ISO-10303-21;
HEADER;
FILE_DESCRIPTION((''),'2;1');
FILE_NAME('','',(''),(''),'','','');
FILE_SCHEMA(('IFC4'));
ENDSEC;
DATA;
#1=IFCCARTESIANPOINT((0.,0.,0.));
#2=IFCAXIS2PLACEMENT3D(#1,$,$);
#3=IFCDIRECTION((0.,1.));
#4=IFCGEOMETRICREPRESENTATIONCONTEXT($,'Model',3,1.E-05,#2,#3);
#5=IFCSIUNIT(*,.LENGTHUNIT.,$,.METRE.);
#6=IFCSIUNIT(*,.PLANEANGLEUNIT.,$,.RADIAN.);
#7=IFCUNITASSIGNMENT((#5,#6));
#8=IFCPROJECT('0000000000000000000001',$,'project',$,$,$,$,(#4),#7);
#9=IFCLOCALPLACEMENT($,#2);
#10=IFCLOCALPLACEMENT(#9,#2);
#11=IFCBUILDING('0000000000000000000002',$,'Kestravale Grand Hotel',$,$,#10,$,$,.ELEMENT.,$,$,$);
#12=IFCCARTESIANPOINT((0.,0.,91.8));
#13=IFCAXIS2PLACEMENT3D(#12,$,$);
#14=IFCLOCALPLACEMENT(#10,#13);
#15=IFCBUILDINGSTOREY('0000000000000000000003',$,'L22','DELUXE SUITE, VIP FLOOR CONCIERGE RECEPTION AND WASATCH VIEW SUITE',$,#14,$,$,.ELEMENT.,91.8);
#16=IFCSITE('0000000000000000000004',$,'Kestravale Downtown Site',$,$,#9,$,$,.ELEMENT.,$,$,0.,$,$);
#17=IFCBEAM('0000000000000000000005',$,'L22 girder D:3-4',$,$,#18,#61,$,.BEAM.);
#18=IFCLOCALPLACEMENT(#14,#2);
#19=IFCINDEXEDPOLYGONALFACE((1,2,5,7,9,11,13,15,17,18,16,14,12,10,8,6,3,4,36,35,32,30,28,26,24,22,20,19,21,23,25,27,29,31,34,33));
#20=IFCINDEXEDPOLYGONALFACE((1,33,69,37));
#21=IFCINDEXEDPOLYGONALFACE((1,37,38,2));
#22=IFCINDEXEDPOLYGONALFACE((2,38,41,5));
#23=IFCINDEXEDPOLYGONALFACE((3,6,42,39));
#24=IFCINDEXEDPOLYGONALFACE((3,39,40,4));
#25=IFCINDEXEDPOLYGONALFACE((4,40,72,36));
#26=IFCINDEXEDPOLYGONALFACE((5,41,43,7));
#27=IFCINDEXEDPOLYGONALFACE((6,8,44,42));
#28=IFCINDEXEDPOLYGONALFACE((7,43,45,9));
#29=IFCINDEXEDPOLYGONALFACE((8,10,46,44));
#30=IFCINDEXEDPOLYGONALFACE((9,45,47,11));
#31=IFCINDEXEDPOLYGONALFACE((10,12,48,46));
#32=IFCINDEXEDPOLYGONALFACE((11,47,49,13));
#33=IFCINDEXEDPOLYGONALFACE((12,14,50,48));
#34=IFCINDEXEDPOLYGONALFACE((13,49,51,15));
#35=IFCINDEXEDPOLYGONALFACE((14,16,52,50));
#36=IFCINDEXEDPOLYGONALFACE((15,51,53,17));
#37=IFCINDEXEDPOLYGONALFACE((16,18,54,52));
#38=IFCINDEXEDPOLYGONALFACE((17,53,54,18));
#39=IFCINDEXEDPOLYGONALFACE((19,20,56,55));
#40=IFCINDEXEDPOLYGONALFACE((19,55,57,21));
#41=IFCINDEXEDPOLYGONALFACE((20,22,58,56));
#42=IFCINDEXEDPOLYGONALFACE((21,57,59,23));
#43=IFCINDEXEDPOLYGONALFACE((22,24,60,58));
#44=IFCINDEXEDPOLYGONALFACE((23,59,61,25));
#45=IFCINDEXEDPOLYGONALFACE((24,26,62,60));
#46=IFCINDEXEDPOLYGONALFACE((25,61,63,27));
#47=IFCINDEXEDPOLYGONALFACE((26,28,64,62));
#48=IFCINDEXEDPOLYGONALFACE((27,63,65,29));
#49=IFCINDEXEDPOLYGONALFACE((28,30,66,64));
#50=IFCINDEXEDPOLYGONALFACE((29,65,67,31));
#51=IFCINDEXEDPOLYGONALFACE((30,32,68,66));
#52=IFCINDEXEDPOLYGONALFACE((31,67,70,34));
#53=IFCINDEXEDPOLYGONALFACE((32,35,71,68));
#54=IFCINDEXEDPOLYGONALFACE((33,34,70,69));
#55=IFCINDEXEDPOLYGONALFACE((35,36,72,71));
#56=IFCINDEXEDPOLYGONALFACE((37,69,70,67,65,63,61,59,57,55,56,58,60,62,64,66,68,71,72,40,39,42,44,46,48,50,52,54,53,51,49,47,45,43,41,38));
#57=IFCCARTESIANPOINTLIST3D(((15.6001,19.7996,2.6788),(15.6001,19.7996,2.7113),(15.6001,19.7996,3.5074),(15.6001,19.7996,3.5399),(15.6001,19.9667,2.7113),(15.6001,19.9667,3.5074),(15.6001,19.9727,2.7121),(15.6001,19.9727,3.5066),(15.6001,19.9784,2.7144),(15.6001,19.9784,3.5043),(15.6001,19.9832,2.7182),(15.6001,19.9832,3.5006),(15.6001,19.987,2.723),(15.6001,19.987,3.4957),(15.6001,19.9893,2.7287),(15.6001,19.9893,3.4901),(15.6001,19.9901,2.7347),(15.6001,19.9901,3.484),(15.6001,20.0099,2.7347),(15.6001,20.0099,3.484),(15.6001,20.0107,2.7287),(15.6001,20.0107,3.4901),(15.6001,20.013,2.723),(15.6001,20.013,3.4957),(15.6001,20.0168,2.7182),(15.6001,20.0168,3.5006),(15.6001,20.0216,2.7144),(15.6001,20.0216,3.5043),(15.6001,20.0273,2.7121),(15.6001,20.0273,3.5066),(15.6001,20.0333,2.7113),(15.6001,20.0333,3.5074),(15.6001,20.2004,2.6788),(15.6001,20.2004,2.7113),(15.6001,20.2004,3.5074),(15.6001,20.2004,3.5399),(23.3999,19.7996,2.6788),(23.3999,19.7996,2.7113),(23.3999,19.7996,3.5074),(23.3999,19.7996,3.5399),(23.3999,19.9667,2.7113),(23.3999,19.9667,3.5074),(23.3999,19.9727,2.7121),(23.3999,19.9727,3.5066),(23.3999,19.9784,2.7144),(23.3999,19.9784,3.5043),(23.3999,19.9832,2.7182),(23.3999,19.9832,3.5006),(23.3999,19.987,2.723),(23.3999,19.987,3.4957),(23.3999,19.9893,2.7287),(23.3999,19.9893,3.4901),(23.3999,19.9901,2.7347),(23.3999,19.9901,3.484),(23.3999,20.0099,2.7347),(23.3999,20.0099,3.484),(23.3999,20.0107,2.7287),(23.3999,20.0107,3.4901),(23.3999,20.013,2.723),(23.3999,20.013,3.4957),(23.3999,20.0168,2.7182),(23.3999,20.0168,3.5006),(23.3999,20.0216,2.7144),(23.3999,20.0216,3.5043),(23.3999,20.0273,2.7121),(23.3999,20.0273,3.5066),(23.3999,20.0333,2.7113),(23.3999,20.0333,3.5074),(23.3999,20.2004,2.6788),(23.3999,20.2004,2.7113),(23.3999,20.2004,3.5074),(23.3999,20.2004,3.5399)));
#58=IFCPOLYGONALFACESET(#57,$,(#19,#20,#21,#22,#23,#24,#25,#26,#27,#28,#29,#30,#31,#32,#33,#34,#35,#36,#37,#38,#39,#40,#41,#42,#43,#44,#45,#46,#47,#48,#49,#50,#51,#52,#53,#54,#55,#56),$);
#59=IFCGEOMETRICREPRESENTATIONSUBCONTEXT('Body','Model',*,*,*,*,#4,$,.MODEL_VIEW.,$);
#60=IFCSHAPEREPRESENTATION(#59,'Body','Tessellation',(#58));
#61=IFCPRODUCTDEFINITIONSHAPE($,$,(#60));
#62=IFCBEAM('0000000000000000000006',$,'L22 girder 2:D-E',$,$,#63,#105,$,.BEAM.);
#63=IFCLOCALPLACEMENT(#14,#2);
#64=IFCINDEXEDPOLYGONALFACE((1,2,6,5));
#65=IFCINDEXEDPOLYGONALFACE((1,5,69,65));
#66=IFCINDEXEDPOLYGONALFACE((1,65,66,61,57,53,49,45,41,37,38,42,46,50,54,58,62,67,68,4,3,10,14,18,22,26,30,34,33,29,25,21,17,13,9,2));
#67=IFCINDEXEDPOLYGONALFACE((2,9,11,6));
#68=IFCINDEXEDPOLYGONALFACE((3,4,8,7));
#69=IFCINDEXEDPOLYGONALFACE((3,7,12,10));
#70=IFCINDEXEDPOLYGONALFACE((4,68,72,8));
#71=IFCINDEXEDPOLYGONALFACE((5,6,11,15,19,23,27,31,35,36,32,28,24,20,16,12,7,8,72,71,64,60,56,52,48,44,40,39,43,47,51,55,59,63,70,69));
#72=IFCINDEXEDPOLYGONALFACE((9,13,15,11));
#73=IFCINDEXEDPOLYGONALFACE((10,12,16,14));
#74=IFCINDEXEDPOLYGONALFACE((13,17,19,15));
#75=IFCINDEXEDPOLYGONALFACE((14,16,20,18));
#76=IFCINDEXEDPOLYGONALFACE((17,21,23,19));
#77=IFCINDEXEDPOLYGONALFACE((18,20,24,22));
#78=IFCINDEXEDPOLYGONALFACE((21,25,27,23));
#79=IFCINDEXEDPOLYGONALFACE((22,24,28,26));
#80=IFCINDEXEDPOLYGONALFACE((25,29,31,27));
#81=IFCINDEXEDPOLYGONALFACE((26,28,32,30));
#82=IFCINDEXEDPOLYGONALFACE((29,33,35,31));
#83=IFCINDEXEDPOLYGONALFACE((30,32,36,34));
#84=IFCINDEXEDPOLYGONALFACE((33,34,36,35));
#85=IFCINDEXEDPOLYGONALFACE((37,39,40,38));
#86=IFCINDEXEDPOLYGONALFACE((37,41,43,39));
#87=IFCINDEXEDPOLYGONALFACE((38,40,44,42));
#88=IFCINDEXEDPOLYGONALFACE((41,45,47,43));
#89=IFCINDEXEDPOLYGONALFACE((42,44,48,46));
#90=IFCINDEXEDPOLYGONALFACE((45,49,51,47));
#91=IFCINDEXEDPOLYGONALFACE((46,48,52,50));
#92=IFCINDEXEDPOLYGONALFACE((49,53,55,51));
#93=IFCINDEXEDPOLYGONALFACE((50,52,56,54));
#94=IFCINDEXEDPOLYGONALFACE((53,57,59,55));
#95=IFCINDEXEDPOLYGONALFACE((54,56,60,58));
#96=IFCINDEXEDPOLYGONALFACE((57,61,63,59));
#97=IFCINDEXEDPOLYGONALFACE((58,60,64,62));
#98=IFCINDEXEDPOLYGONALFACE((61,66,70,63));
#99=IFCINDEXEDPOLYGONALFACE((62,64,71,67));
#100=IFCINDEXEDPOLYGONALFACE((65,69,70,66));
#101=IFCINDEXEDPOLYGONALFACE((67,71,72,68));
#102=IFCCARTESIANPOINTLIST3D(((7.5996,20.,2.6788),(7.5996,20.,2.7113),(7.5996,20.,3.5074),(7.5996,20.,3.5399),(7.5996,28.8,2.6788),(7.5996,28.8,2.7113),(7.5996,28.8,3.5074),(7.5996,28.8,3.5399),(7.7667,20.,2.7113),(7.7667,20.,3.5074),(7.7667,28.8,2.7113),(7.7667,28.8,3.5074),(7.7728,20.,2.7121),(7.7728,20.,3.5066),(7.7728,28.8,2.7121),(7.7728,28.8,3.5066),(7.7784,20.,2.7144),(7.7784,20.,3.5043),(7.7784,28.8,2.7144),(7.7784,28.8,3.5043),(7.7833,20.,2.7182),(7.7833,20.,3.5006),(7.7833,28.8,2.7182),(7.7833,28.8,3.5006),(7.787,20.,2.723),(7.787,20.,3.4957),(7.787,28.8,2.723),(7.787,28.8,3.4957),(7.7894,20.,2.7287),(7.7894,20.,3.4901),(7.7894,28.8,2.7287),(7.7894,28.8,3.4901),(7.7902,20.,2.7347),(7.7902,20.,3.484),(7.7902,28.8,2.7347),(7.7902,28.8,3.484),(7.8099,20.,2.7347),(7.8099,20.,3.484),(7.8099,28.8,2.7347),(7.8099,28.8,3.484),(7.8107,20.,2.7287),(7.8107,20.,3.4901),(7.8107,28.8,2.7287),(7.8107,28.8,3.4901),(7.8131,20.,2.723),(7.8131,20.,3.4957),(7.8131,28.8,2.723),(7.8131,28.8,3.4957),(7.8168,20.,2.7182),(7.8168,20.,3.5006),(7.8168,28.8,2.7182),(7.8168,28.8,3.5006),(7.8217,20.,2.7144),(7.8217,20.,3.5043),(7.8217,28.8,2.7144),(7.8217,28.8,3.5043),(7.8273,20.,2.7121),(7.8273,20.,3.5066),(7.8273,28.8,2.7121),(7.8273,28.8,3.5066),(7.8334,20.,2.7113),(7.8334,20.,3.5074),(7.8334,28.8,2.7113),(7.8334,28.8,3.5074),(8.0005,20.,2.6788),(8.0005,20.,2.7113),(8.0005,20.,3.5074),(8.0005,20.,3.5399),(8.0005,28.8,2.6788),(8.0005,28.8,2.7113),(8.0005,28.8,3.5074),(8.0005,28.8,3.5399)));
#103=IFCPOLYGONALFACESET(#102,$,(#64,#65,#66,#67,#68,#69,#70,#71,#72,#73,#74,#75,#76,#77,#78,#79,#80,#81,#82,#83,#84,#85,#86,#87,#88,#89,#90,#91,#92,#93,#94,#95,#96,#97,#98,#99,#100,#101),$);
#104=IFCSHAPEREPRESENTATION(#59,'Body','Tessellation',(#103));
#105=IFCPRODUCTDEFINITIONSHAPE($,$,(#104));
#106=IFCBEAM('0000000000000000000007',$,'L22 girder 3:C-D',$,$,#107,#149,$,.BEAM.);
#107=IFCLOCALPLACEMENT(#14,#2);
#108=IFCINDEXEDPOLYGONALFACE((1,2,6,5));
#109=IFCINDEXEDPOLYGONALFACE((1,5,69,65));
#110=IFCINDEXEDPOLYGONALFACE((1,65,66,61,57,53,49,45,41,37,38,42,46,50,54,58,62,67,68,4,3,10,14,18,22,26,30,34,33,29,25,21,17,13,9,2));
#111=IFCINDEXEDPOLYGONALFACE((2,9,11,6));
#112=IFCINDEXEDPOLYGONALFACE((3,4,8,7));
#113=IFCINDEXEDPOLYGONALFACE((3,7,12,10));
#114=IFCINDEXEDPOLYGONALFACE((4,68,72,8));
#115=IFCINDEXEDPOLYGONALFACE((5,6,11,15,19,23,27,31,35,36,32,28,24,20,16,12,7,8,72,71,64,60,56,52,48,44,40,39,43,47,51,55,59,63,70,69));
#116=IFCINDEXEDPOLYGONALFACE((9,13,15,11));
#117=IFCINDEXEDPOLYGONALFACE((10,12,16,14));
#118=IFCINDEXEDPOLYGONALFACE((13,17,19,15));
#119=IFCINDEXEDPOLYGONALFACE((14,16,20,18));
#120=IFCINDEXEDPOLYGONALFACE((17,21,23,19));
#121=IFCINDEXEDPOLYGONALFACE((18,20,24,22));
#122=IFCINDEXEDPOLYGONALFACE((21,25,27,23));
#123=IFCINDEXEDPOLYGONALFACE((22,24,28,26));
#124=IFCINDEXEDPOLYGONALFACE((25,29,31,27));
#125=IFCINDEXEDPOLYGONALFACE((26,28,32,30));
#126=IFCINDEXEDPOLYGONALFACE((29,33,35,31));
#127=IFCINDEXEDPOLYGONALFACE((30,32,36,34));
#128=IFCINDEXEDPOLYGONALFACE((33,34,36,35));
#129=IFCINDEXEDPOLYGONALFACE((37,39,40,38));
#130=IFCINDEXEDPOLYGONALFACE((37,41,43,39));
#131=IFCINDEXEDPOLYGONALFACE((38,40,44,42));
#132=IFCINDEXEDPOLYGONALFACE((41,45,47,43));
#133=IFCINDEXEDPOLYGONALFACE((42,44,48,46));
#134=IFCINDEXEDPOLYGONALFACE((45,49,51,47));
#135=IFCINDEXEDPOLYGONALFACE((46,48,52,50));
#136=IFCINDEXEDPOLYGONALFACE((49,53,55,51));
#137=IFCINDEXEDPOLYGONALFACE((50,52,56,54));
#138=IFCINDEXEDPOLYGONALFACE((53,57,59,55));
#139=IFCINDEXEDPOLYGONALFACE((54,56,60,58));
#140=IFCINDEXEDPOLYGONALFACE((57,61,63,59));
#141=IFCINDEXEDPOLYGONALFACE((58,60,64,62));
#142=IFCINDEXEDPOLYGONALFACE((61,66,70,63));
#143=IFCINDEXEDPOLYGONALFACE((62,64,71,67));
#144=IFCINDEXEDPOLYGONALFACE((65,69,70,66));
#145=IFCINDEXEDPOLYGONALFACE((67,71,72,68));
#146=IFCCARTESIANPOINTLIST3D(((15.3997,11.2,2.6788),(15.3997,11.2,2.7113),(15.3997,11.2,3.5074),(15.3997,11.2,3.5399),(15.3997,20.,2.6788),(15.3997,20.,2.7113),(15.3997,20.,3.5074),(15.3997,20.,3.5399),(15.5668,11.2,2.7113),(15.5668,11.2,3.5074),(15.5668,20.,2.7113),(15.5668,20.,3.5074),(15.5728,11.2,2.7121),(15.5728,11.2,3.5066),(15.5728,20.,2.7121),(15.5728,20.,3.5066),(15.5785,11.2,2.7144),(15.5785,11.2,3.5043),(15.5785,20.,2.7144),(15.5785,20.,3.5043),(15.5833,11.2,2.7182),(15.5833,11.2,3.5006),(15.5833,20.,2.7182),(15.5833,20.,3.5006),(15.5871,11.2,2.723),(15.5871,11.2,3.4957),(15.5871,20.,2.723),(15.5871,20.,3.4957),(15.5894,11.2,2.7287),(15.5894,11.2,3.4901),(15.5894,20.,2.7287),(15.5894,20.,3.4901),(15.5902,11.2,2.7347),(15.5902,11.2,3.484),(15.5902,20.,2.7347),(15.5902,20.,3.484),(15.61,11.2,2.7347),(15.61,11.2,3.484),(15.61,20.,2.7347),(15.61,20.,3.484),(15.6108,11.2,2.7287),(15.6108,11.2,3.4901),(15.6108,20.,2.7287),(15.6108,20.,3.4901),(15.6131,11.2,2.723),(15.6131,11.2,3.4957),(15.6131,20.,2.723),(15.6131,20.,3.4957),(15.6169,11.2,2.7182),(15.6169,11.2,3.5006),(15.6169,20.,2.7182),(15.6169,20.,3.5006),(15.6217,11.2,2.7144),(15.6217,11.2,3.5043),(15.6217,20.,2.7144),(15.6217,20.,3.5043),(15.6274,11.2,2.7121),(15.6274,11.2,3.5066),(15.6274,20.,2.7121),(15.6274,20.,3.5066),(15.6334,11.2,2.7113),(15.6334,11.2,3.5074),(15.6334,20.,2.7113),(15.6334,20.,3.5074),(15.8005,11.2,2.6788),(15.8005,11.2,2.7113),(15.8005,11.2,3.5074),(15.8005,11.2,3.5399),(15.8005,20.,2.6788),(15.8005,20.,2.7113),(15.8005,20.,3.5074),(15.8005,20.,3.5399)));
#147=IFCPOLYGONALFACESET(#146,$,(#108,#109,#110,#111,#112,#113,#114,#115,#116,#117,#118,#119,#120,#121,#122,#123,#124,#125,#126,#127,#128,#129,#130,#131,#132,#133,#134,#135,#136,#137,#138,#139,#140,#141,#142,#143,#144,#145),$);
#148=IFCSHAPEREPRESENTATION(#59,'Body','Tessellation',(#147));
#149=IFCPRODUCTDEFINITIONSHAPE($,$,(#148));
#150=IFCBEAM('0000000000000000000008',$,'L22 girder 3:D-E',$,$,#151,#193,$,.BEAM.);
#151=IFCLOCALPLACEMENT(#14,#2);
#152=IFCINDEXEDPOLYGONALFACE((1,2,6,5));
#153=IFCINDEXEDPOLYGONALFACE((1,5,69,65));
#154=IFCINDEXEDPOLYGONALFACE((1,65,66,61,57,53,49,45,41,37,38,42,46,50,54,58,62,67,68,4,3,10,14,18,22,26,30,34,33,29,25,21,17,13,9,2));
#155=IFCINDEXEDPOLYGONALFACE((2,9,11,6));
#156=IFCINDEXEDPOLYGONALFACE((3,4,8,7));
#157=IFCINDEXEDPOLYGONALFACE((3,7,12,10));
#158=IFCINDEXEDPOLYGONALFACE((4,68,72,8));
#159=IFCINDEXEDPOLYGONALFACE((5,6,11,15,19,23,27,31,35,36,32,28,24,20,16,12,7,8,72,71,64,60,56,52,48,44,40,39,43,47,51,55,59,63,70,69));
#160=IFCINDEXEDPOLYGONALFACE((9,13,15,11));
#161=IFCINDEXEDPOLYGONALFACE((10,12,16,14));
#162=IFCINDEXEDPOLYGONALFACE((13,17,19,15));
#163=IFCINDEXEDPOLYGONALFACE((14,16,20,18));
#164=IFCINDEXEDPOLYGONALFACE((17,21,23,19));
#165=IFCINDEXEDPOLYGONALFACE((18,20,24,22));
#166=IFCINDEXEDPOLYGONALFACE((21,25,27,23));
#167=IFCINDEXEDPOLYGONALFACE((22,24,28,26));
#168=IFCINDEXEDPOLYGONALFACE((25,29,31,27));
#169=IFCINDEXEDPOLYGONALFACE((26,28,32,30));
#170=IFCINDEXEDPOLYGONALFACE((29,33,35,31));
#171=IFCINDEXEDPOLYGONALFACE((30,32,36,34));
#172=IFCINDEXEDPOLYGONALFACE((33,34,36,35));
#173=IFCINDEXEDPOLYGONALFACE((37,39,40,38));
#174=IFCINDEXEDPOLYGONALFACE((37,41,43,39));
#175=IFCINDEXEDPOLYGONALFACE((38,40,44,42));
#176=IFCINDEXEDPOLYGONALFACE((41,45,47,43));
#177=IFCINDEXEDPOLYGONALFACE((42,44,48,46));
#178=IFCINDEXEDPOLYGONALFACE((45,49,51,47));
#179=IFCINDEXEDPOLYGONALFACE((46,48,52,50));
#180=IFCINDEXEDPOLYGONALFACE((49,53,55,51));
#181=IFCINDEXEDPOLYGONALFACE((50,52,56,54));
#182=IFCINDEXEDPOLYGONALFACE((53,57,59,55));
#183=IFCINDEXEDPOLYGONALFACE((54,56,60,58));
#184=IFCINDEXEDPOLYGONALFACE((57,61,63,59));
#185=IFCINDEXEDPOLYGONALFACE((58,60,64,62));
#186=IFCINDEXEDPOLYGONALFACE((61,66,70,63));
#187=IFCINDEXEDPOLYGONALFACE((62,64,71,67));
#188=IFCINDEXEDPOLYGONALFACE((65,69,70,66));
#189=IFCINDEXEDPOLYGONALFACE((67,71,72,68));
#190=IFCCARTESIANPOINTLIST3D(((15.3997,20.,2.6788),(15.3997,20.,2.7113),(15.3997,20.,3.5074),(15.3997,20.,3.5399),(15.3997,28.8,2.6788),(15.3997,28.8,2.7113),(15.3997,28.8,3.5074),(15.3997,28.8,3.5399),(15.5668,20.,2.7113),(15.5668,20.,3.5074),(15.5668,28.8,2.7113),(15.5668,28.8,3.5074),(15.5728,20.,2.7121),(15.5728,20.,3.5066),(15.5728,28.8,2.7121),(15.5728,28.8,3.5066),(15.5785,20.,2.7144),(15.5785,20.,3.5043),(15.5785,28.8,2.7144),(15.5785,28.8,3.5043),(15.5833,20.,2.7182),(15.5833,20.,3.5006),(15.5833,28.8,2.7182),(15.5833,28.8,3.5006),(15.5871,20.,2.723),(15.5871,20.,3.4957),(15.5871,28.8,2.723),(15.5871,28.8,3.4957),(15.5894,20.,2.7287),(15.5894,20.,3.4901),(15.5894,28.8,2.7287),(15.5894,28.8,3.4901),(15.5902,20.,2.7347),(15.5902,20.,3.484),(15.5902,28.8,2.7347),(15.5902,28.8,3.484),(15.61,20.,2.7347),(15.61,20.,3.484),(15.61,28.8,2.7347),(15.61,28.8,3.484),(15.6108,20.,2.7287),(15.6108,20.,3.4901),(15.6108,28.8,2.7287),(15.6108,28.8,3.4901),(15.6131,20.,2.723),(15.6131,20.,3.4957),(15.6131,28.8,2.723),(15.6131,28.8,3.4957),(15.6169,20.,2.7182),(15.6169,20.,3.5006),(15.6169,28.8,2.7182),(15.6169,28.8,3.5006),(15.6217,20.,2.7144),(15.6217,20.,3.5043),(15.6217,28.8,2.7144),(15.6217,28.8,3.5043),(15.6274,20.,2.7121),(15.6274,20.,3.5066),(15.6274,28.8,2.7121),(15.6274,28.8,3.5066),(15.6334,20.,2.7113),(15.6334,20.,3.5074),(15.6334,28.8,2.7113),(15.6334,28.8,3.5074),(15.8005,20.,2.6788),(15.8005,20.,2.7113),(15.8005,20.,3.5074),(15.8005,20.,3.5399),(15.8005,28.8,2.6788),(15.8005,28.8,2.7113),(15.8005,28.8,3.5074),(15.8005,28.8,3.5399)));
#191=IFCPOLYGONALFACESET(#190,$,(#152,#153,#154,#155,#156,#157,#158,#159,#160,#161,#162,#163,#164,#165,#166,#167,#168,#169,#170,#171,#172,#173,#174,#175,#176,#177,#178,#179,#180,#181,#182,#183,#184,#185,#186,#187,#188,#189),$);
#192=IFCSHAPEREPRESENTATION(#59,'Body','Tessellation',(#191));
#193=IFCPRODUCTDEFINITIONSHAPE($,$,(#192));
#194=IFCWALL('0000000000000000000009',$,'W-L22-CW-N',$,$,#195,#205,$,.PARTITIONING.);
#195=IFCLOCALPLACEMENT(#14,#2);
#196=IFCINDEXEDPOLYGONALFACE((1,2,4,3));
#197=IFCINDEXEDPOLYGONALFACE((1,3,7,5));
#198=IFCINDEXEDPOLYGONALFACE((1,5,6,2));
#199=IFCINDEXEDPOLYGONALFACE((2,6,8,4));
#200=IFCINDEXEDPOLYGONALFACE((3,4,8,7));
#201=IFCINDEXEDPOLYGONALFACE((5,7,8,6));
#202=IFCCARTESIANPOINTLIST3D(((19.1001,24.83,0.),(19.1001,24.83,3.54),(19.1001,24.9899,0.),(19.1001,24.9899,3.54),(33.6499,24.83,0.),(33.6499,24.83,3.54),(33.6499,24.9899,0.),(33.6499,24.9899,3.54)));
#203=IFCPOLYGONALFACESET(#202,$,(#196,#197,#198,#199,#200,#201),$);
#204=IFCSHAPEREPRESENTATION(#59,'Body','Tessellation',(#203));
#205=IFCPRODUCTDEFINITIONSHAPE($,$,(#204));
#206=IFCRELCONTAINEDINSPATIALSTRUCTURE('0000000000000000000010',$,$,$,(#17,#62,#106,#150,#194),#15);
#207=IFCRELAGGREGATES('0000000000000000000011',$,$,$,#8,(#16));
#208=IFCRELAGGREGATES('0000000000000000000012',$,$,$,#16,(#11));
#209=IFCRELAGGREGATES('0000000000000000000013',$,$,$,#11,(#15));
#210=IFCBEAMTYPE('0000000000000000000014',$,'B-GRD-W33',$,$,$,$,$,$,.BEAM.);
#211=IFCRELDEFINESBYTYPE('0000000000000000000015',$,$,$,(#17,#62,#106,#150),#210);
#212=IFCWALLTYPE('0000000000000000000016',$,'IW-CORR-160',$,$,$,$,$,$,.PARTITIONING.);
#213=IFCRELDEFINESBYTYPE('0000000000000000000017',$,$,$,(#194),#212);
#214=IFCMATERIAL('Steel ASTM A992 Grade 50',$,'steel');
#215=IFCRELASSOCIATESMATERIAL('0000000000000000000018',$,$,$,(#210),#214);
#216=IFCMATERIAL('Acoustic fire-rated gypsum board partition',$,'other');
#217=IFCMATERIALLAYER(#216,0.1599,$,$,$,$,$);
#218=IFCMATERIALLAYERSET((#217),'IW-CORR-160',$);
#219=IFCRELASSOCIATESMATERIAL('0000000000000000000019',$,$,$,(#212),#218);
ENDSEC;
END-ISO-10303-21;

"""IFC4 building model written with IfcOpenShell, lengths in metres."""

from ifc_helpers import new_model, si_unit, direction, frame, frame_2d, origin, origin_2d, place, context, subcontext, project, spatial, rectangle, i_section, extrude, material, layer, layer_set, material_profile, profile_set, type_object, element, save


model = new_model("IFC4")

# Units and contexts
model_context = context("Model", 3, precision=1e-05, world=origin(), true_north=direction((0.0, 1.0)))
body_context = subcontext(model_context, "Body", "Model", "MODEL_VIEW")
ifc_project = project(units=[si_unit("LENGTHUNIT", "METRE"), si_unit("PLANEANGLEUNIT", "RADIAN")], contexts=[model_context])

# Site, building, storey
site_placement = place(None, origin())
site = spatial("IfcSite", under=ifc_project, at=site_placement, Name="Kestravale Downtown Site", CompositionType="ELEMENT", RefElevation=0.0)
building_placement = place(site_placement, origin())
building = spatial("IfcBuilding", under=site, at=building_placement, Name="Kestravale Grand Hotel", CompositionType="ELEMENT")
storey_placement = place(building_placement, frame((0.0, 0.0, 91.8)))
storey = spatial("IfcBuildingStorey", under=building, at=storey_placement, Name="L22", Description="DELUXE SUITE, VIP FLOOR CONCIERGE RECEPTION AND WASATCH VIEW SUITE", CompositionType="ELEMENT", Elevation=91.8)

# Beams
ifc_material_1 = material(Name="Steel ASTM A992 Grade 50", Category="steel")
ifc_material_profile_1 = material_profile(ifc_material_1, i_section(OverallWidth=0.4009, OverallDepth=0.8611, WebThickness=0.0198, FlangeThickness=0.0325, FilletRadius=0.0234, at=origin_2d()))
ifc_profile_set_1 = profile_set([ifc_material_profile_1], Name="Steel ASTM A992 Grade 50")
beam_type_1 = type_object("IfcBeamType", Name="B-GRD-W33", PredefinedType="BEAM", material=ifc_profile_set_1)
beam_1_placement = place(storey_placement, frame((15.6001, 20.0, 3.1094), z_axis=(1.0, 0.0, 0.0), x_axis=(0.0, 1.0, 0.0)))
element("IfcBeam", 1, at=beam_1_placement, inside=storey, type_object=beam_type_1, Name="L22 girder D:3-4", PredefinedType="BEAM", context=body_context, shape_type="SweptSolid", body=[
    extrude(i_section(OverallWidth=0.4009, OverallDepth=0.8611, WebThickness=0.0198, FlangeThickness=0.0325, FilletRadius=0.0234, at=origin_2d()), origin(), (0.0, 0.0, 1.0), 7.7998),
])
for number, where, z_axis, x_axis, name in (
    (2, (7.8, 20.0, 3.1094), (0.0, 1.0, 0.0), (-1.0, 0.0, 0.0), "L22 girder 2:D-E"),
    (3, (15.6001, 11.2, 3.1094), (0.0, 1.0, 0.0), (-1.0, 0.0, 0.0), "L22 girder 3:C-D"),
    (4, (15.6001, 20.0, 3.1094), (0.0, 1.0, 0.0), (-1.0, 0.0, 0.0), "L22 girder 3:D-E"),
):
    element("IfcBeam", number, at=place(storey_placement, frame(where, z_axis=z_axis, x_axis=x_axis)), inside=storey, type_object=beam_type_1, Name=name, PredefinedType="BEAM", context=body_context, shape_type="SweptSolid", body=[
        extrude(i_section(OverallWidth=0.4009, OverallDepth=0.8611, WebThickness=0.0198, FlangeThickness=0.0325, FilletRadius=0.0234, at=origin_2d()), origin(), (0.0, 0.0, 1.0), 8.8),
    ])

# Wall
ifc_material_2 = material(Name="Acoustic fire-rated gypsum board partition", Category="other")
ifc_layer_1 = layer(ifc_material_2, 0.1599)
ifc_layer_set_1 = layer_set([ifc_layer_1], Name="IW-CORR-160")
wall_type_1 = type_object("IfcWallType", Name="IW-CORR-160", PredefinedType="PARTITIONING", material=ifc_layer_set_1)
wall_1_placement = place(storey_placement, frame((19.1001, 24.9099, 0.0), z_axis=(0.0, 0.0, 1.0), x_axis=(1.0, 0.0, 0.0)))
element("IfcWall", 5, at=wall_1_placement, inside=storey, type_object=wall_type_1, Name="W-L22-CW-N", PredefinedType="PARTITIONING", context=body_context, shape_type="SweptSolid", body=[
    extrude(rectangle(XDim=14.5498, YDim=0.1599, at=frame_2d((7.2749, 0.0))), origin(), (0.0, 0.0, 1.0), 3.54),
])

save(model, "model.ifc")
